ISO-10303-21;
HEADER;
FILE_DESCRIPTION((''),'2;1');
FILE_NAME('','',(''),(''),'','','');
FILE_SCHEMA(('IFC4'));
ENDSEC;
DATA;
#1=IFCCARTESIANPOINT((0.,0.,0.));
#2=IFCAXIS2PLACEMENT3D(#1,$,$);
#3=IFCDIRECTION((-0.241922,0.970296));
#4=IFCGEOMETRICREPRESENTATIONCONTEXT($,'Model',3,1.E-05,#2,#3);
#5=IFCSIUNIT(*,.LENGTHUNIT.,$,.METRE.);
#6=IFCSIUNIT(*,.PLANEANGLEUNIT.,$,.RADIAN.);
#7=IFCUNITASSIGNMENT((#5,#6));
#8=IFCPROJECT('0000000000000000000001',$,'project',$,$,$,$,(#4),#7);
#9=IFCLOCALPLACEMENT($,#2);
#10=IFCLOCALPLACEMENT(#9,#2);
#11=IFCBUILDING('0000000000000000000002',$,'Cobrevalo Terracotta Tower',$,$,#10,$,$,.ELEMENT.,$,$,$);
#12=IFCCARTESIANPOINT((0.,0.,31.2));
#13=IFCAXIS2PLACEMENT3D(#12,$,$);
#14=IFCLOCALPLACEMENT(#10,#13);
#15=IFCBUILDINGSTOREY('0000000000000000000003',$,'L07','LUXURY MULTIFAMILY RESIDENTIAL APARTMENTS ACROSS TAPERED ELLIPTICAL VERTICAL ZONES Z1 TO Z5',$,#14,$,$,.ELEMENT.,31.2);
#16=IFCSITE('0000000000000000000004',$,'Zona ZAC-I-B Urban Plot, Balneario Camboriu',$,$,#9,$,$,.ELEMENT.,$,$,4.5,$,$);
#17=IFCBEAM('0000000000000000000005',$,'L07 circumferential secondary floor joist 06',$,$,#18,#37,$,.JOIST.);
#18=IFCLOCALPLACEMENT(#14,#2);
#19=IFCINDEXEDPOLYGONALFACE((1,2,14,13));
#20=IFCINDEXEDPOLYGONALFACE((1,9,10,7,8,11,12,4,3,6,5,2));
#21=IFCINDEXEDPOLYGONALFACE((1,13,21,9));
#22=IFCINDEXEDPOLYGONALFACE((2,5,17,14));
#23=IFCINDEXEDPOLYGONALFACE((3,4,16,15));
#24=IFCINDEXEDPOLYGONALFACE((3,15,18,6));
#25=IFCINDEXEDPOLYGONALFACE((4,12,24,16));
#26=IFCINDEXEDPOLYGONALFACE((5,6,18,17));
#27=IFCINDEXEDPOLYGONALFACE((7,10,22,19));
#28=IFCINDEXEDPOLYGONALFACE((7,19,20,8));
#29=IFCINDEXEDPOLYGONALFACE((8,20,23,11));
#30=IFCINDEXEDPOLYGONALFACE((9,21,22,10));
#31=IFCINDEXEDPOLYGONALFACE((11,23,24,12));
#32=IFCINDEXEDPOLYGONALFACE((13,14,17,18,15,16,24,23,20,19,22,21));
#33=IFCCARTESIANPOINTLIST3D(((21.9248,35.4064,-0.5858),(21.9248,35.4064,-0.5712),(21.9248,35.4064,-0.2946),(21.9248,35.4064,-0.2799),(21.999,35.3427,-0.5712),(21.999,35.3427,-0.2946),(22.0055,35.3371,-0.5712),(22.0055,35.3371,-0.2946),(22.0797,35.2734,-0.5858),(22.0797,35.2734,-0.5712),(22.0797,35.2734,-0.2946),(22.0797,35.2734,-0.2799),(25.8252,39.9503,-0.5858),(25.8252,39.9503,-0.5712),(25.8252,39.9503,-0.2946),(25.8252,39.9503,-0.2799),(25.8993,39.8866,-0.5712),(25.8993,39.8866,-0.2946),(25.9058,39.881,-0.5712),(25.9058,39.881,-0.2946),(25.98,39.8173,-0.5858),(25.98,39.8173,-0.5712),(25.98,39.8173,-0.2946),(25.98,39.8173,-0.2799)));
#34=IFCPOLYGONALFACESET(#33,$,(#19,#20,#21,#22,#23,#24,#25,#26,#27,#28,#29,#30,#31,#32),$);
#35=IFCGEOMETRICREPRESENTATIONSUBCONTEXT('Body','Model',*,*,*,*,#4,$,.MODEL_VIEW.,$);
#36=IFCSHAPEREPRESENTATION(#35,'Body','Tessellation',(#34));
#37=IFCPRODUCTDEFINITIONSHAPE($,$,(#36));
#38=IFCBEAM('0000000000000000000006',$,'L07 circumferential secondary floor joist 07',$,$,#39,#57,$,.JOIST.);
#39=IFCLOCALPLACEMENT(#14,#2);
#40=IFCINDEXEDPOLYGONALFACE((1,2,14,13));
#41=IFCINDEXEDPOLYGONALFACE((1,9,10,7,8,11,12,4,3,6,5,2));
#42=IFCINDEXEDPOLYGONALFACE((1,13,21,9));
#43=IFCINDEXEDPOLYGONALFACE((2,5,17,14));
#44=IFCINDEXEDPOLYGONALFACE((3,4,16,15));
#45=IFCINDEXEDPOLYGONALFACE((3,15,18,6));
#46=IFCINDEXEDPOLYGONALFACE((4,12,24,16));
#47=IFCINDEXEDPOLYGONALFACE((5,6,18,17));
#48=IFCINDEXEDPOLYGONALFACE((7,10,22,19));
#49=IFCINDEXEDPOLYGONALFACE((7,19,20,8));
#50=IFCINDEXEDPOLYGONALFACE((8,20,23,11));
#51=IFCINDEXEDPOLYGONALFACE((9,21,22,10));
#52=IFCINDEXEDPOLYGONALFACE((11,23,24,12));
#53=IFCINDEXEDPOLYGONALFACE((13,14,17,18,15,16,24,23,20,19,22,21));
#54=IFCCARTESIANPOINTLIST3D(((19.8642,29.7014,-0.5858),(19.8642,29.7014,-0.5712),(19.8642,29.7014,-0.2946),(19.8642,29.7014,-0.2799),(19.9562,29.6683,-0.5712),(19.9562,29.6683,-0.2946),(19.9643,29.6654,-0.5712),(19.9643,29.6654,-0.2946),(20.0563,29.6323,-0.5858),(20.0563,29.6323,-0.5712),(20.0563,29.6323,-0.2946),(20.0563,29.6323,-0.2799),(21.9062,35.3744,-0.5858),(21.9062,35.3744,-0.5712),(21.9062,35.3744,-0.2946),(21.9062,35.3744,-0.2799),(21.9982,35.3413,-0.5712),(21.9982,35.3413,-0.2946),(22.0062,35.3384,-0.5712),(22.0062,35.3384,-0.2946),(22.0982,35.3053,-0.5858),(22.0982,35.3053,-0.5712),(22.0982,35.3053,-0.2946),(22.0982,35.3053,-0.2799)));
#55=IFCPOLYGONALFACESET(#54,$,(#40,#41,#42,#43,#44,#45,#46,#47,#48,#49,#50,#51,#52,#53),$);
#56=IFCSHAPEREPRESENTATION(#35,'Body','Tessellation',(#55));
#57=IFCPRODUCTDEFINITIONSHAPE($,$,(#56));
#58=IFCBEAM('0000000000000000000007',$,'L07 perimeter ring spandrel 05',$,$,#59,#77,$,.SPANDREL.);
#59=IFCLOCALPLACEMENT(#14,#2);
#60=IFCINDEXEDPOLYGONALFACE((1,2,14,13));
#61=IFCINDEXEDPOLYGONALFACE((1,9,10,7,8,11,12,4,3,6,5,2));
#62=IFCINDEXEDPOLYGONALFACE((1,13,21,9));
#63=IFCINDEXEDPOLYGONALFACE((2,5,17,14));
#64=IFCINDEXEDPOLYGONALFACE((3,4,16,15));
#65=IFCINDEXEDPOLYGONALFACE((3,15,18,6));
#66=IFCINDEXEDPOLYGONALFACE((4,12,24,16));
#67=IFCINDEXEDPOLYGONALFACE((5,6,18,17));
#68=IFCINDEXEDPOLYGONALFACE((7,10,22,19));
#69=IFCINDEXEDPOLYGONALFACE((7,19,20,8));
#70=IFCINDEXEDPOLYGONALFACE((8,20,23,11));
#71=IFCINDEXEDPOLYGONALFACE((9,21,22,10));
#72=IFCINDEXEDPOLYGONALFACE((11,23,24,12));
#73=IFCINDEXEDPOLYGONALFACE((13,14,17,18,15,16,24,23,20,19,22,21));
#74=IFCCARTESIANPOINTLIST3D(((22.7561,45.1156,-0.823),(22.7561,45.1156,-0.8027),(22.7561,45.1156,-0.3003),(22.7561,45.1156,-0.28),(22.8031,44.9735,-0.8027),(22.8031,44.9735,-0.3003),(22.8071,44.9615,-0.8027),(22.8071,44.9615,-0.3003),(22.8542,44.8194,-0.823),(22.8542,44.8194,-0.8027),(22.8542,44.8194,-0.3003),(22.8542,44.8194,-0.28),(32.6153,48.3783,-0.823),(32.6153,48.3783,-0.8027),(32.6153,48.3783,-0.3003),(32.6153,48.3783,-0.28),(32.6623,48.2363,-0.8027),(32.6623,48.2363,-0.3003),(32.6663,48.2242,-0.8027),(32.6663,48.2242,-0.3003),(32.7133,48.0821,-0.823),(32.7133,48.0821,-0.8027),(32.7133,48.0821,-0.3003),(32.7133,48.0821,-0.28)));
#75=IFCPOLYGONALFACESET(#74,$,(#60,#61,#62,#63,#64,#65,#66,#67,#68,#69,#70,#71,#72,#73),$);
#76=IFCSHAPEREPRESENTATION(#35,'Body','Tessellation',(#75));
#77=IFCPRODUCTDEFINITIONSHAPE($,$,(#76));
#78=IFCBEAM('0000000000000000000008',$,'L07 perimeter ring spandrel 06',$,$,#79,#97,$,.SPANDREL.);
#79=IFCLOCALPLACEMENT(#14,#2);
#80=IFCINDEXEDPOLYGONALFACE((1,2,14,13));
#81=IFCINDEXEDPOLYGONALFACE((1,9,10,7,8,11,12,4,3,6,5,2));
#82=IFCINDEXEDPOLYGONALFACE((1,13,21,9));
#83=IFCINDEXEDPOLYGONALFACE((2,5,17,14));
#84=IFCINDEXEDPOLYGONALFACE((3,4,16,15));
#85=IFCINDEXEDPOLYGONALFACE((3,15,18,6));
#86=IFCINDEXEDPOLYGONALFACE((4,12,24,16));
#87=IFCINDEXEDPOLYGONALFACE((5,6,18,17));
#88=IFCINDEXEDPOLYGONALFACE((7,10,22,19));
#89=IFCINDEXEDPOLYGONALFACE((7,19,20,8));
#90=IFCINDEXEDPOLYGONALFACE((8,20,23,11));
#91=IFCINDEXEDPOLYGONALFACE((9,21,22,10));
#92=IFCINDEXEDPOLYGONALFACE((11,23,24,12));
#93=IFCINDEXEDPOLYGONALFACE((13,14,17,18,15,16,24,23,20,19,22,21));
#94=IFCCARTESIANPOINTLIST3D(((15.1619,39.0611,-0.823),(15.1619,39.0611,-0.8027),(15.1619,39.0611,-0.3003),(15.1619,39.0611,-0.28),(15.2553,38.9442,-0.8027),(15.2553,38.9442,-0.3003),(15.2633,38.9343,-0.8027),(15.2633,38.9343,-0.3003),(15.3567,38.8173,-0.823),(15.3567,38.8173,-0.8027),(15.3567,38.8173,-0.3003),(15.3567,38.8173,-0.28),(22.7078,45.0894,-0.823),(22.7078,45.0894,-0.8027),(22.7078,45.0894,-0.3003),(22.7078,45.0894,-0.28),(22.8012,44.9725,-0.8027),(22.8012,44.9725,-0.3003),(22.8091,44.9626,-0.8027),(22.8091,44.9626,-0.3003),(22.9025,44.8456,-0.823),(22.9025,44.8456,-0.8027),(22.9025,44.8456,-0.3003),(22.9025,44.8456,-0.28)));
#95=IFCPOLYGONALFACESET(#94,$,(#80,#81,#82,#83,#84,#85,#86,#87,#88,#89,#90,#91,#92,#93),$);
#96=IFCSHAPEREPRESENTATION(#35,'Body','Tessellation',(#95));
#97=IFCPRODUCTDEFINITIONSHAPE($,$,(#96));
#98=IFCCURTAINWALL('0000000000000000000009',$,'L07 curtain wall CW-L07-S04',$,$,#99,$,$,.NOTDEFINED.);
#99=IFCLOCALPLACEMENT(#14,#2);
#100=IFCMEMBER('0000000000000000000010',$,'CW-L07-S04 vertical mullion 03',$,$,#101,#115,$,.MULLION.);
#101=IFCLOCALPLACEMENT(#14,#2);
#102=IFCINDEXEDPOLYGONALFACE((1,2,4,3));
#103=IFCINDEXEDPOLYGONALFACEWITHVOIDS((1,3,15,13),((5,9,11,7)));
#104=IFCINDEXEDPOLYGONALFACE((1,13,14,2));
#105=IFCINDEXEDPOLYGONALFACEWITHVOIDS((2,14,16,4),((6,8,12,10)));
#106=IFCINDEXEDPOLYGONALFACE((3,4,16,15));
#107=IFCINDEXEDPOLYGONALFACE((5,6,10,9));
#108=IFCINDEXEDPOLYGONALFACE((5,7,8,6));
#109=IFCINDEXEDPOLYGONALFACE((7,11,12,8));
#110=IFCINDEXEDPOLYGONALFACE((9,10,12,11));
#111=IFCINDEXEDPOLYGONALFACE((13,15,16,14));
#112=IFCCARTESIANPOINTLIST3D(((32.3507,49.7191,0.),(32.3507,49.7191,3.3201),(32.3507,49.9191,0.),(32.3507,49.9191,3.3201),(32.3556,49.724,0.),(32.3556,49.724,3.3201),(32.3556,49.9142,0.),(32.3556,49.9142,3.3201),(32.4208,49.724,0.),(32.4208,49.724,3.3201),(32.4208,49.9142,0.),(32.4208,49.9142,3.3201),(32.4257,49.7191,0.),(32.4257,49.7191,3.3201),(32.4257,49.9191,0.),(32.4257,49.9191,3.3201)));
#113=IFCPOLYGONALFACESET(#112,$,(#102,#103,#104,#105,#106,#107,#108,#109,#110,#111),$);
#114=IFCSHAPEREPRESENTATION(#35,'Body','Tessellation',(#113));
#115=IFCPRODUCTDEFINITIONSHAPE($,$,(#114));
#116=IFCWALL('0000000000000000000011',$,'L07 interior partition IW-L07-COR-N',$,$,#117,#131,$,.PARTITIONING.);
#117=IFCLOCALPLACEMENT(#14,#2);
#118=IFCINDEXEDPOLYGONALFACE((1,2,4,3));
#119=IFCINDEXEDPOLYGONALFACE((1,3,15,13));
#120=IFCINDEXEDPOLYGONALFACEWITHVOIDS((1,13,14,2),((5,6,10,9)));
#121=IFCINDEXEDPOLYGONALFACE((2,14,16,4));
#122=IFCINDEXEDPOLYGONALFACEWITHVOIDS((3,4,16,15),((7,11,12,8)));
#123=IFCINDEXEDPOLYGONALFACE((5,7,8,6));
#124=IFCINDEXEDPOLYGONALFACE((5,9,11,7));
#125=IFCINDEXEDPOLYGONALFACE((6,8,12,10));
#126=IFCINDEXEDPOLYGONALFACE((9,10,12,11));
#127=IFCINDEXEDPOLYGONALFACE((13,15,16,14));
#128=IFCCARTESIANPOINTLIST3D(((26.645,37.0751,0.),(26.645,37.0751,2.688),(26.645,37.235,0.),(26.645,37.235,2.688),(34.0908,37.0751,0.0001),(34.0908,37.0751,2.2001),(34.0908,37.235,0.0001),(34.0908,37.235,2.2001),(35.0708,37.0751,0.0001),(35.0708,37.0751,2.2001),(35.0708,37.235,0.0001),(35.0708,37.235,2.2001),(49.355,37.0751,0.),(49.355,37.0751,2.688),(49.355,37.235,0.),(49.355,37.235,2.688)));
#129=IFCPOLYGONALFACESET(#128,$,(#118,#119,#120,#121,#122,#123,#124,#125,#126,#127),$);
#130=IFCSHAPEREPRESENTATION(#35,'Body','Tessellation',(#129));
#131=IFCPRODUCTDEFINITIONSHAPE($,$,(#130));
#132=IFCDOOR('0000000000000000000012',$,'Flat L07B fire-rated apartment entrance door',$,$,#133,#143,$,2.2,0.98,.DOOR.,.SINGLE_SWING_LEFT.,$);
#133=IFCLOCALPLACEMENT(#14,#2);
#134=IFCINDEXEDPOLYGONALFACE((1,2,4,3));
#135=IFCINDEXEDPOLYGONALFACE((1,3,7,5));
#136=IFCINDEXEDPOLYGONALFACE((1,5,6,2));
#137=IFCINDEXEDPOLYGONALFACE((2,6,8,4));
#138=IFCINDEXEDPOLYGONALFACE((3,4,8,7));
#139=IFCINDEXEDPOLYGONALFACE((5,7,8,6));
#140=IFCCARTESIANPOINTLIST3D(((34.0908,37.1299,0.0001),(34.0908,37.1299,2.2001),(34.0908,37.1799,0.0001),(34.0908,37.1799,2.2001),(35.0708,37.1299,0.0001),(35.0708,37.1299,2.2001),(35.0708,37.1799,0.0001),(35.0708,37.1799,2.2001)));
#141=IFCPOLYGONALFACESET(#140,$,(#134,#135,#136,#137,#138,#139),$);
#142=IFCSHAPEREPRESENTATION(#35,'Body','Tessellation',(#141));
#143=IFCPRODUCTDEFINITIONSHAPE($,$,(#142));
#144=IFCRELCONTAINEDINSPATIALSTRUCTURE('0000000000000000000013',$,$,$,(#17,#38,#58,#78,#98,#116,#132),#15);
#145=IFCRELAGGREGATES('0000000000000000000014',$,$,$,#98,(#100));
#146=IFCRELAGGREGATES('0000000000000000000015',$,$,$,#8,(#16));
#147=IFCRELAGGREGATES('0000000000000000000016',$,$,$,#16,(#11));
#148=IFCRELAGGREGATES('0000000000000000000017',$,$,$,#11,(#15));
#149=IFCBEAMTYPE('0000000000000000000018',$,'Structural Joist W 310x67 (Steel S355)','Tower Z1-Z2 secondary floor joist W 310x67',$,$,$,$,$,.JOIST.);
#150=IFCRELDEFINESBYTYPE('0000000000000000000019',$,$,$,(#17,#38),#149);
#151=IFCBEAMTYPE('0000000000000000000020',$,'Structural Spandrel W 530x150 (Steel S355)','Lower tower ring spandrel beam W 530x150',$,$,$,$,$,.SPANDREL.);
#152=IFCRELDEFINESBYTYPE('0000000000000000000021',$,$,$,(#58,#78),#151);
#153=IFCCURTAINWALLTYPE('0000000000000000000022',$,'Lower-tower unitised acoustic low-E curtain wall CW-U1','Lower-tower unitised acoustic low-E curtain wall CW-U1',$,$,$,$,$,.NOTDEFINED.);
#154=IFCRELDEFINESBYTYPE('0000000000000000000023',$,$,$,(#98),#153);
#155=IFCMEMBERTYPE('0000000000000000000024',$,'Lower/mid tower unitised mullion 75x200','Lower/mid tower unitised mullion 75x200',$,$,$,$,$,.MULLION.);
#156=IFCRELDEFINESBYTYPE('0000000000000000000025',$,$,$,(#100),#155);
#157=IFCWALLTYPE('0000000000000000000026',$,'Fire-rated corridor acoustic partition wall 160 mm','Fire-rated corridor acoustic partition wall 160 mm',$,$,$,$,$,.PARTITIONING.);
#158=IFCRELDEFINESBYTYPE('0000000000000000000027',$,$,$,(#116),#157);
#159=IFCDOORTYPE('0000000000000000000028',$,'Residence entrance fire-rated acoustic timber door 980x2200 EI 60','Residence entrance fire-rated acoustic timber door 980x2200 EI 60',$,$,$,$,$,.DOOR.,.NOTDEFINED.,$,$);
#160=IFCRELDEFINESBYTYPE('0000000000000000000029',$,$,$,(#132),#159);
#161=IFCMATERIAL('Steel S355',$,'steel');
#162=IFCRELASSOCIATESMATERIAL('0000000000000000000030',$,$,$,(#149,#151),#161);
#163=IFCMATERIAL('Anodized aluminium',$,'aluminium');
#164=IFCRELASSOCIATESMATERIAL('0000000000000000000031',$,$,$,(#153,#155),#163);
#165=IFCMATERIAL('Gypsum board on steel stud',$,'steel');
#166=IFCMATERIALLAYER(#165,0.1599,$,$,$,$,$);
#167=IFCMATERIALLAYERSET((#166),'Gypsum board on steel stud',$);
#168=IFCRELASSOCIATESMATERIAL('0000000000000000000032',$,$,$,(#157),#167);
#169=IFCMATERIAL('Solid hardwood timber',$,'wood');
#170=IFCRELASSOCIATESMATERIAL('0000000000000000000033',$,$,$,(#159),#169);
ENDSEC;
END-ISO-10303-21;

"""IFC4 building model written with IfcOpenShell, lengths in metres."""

from ifc_helpers import new_model, si_unit, direction, frame, frame_2d, origin, origin_2d, place, context, subcontext, project, spatial, rectangle, hollow_rectangle, i_section, extrude, source, transform, mapped, material, layer, layer_set, material_profile, profile_set, type_object, element, fill, aggregate, save


model = new_model("IFC4")

# Units and contexts
model_context = context("Model", 3, precision=1e-05, world=origin(), true_north=direction((-0.241922, 0.970296)))
body_context = subcontext(model_context, "Body", "Model", "MODEL_VIEW")
ifc_project = project(units=[si_unit("LENGTHUNIT", "METRE"), si_unit("PLANEANGLEUNIT", "RADIAN")], contexts=[model_context])

# Site, building, storey
site_placement = place(None, origin())
site = spatial("IfcSite", under=ifc_project, at=site_placement, Name="Zona ZAC-I-B Urban Plot, Balneario Camboriu", CompositionType="ELEMENT", RefElevation=4.5)
building_placement = place(site_placement, origin())
building = spatial("IfcBuilding", under=site, at=building_placement, Name="Cobrevalo Terracotta Tower", CompositionType="ELEMENT")
storey_placement = place(building_placement, frame((0.0, 0.0, 31.2)))
storey = spatial("IfcBuildingStorey", under=building, at=storey_placement, Name="L07", Description="LUXURY MULTIFAMILY RESIDENTIAL APARTMENTS ACROSS TAPERED ELLIPTICAL VERTICAL ZONES Z1 TO Z5", CompositionType="ELEMENT", Elevation=31.2)

# Shared definitions
ifc_material_1 = material(Name="Steel S355", Category="steel")

# Beams
ifc_material_profile_1 = material_profile(ifc_material_1, i_section(OverallWidth=0.2041, OverallDepth=0.3059, WebThickness=0.0085, FlangeThickness=0.0146, at=origin_2d()), Name="W 310x67")
ifc_profile_set_1 = profile_set([ifc_material_profile_1], Name="Steel S355")
beam_type_1 = type_object("IfcBeamType", Name="Structural Joist W 310x67 (Steel S355)", Description="Tower Z1-Z2 secondary floor joist W 310x67", PredefinedType="JOIST", material=ifc_profile_set_1)
beam_1_placement = place(storey_placement, frame((25.9026, 39.8838, -0.4329), z_axis=(-0.651328, -0.758796, 0.0), x_axis=(0.758796, -0.651328, 0.0)))
element("IfcBeam", 1, at=beam_1_placement, inside=storey, type_object=beam_type_1, Name="L07 circumferential secondary floor joist 06", PredefinedType="JOIST", context=body_context, shape_type="SweptSolid", body=[
    extrude(i_section(OverallWidth=0.2041, OverallDepth=0.3059, WebThickness=0.0085, FlangeThickness=0.0146, at=origin_2d()), origin(), (0.0, 0.0, 1.0), 5.9883),
])
beam_2_placement = place(storey_placement, frame((22.0022, 35.3398, -0.4329), z_axis=(-0.338672, -0.940904, 0.0), x_axis=(0.940904, -0.338672, 0.0)))
element("IfcBeam", 2, at=beam_2_placement, inside=storey, type_object=beam_type_1, Name="L07 circumferential secondary floor joist 07", PredefinedType="JOIST", context=body_context, shape_type="SweptSolid", body=[
    extrude(i_section(OverallWidth=0.2041, OverallDepth=0.3059, WebThickness=0.0085, FlangeThickness=0.0146, at=origin_2d()), origin(), (0.0, 0.0, 1.0), 6.0293),
])
ifc_material_profile_2 = material_profile(ifc_material_1, i_section(OverallWidth=0.312, OverallDepth=0.543, WebThickness=0.0127, FlangeThickness=0.0203, at=origin_2d()), Name="W 530x150")
ifc_profile_set_2 = profile_set([ifc_material_profile_2], Name="Steel S355")
beam_type_2 = type_object("IfcBeamType", Name="Structural Spandrel W 530x150 (Steel S355)", Description="Lower tower ring spandrel beam W 530x150", PredefinedType="SPANDREL", material=ifc_profile_set_2)
beam_3_placement = place(storey_placement, frame((32.6643, 48.2302, -0.5515), z_axis=(-0.949365, -0.314175, 0.0), x_axis=(0.314175, -0.949365, 0.0)))
element("IfcBeam", 3, at=beam_3_placement, inside=storey, type_object=beam_type_2, Name="L07 perimeter ring spandrel 05", PredefinedType="SPANDREL", context=body_context, shape_type="SweptSolid", body=[
    extrude(i_section(OverallWidth=0.312, OverallDepth=0.543, WebThickness=0.0127, FlangeThickness=0.0203, at=origin_2d()), origin(), (0.0, 0.0, 1.0), 10.385),
])
beam_4_placement = place(storey_placement, frame((22.8052, 44.9675, -0.5515), z_axis=(-0.781293, -0.624165, 0.0), x_axis=(0.624165, -0.781293, 0.0)))
element("IfcBeam", 4, at=beam_4_placement, inside=storey, type_object=beam_type_2, Name="L07 perimeter ring spandrel 06", PredefinedType="SPANDREL", context=body_context, shape_type="SweptSolid", body=[
    extrude(i_section(OverallWidth=0.312, OverallDepth=0.543, WebThickness=0.0127, FlangeThickness=0.0203, at=origin_2d()), origin(), (0.0, 0.0, 1.0), 9.6582),
])

# Curtain wall, member
ifc_material_2 = material(Name="Anodized aluminium", Category="aluminium")
curtain_wall_type = type_object("IfcCurtainWallType", Name="Lower-tower unitised acoustic low-E curtain wall CW-U1", Description="Lower-tower unitised acoustic low-E curtain wall CW-U1", PredefinedType="NOTDEFINED", material=ifc_material_2)
curtain_wall_placement = place(storey_placement, origin())
curtain_wall = element("IfcCurtainWall", 5, at=curtain_wall_placement, inside=storey, type_object=curtain_wall_type, Name="L07 curtain wall CW-L07-S04", PredefinedType="NOTDEFINED")
ifc_material_profile_3 = material_profile(ifc_material_2, hollow_rectangle(XDim=0.075, YDim=0.2, WallThickness=0.0049, at=origin_2d()), Name="CWM 75x200")
ifc_profile_set_3 = profile_set([ifc_material_profile_3], Name="Anodized aluminium")
member_type = type_object("IfcMemberType", Name="Lower/mid tower unitised mullion 75x200", Description="Lower/mid tower unitised mullion 75x200", PredefinedType="MULLION", material=ifc_profile_set_3)
shared_shape_1 = source(origin(), body_context, "Body", "SweptSolid", [
    extrude(hollow_rectangle(XDim=0.075, YDim=0.2, WallThickness=0.0049, at=origin_2d()), origin(), (0.0, 0.0, 1.0), 3.3201),
])
member_placement = place(storey_placement, frame((32.3882, 49.8191, 0.0), z_axis=(0.0, 0.0, 1.0), x_axis=(-1.0, 0.0, 0.0)))
member = element("IfcMember", 6, at=member_placement, type_object=member_type, Name="CW-L07-S04 vertical mullion 03", PredefinedType="MULLION", context=body_context, shape_type="MappedRepresentation", body=[
    mapped(shared_shape_1, transform((0.0, 0.0, 0.0), scale=1.0)),
])
aggregate(curtain_wall, [member])

# Wall, opening, door
ifc_material_3 = material(Name="Gypsum board on steel stud", Category="steel")
ifc_layer_1 = layer(ifc_material_3, 0.1599)
ifc_layer_set_1 = layer_set([ifc_layer_1], Name="Gypsum board on steel stud")
wall_type_1 = type_object("IfcWallType", Name="Fire-rated corridor acoustic partition wall 160 mm", Description="Fire-rated corridor acoustic partition wall 160 mm", PredefinedType="PARTITIONING", material=ifc_layer_set_1)
wall_1_placement = place(storey_placement, frame((26.645, 37.155, 0.0), z_axis=(0.0, 0.0, 1.0), x_axis=(1.0, 0.0, 0.0)))
wall_1 = element("IfcWall", 7, at=wall_1_placement, inside=storey, type_object=wall_type_1, Name="L07 interior partition IW-L07-COR-N", PredefinedType="PARTITIONING", context=body_context, shape_type="SweptSolid", body=[
    extrude(rectangle(XDim=22.71, YDim=0.1599, at=frame_2d((11.355, 0.0))), origin(), (0.0, 0.0, 1.0), 2.688),
])
opening_1_placement = place(wall_1_placement, frame((7.4458, 0.0, 0.0)))
opening_1 = element("IfcOpeningElement", 8, at=opening_1_placement, cuts=wall_1, PredefinedType="OPENING", context=body_context, shape_type="SweptSolid", body=[
    extrude(rectangle(XDim=0.98, YDim=2.2, at=frame_2d((0.49, 1.1001))), frame((0.0, 0.0898, 0.0), z_axis=(0.0, -1.0, 0.0), x_axis=(1.0, 0.0, 0.0)), (0.0, 0.0, 1.0), 0.1799),
])
ifc_material_4 = material(Name="Solid hardwood timber", Category="wood")
door_type_1 = type_object("IfcDoorType", Name="Residence entrance fire-rated acoustic timber door 980x2200 EI 60", Description="Residence entrance fire-rated acoustic timber door 980x2200 EI 60", OperationType="NOTDEFINED", PredefinedType="DOOR", material=ifc_material_4)
shared_shape_2 = source(origin(), body_context, "Body", "SweptSolid", [
    extrude(rectangle(XDim=0.98, YDim=2.2, at=frame_2d((0.49, 1.1001))), frame((0.0, 0.0249, 0.0), z_axis=(0.0, -1.0, 0.0), x_axis=(1.0, 0.0, 0.0)), (0.0, 0.0, 1.0), 0.05),
])
door_1_placement = place(opening_1_placement, origin())
door_1 = element("IfcDoor", 9, at=door_1_placement, inside=storey, type_object=door_type_1, Name="Flat L07B fire-rated apartment entrance door", OperationType="SINGLE_SWING_LEFT", OverallHeight=2.2, OverallWidth=0.98, PredefinedType="DOOR", context=body_context, shape_type="MappedRepresentation", body=[
    mapped(shared_shape_2, transform((0.0, 0.0, 0.0), scale=1.0)),
])
fill(opening_1, door_1)

save(model, "model.ifc")
